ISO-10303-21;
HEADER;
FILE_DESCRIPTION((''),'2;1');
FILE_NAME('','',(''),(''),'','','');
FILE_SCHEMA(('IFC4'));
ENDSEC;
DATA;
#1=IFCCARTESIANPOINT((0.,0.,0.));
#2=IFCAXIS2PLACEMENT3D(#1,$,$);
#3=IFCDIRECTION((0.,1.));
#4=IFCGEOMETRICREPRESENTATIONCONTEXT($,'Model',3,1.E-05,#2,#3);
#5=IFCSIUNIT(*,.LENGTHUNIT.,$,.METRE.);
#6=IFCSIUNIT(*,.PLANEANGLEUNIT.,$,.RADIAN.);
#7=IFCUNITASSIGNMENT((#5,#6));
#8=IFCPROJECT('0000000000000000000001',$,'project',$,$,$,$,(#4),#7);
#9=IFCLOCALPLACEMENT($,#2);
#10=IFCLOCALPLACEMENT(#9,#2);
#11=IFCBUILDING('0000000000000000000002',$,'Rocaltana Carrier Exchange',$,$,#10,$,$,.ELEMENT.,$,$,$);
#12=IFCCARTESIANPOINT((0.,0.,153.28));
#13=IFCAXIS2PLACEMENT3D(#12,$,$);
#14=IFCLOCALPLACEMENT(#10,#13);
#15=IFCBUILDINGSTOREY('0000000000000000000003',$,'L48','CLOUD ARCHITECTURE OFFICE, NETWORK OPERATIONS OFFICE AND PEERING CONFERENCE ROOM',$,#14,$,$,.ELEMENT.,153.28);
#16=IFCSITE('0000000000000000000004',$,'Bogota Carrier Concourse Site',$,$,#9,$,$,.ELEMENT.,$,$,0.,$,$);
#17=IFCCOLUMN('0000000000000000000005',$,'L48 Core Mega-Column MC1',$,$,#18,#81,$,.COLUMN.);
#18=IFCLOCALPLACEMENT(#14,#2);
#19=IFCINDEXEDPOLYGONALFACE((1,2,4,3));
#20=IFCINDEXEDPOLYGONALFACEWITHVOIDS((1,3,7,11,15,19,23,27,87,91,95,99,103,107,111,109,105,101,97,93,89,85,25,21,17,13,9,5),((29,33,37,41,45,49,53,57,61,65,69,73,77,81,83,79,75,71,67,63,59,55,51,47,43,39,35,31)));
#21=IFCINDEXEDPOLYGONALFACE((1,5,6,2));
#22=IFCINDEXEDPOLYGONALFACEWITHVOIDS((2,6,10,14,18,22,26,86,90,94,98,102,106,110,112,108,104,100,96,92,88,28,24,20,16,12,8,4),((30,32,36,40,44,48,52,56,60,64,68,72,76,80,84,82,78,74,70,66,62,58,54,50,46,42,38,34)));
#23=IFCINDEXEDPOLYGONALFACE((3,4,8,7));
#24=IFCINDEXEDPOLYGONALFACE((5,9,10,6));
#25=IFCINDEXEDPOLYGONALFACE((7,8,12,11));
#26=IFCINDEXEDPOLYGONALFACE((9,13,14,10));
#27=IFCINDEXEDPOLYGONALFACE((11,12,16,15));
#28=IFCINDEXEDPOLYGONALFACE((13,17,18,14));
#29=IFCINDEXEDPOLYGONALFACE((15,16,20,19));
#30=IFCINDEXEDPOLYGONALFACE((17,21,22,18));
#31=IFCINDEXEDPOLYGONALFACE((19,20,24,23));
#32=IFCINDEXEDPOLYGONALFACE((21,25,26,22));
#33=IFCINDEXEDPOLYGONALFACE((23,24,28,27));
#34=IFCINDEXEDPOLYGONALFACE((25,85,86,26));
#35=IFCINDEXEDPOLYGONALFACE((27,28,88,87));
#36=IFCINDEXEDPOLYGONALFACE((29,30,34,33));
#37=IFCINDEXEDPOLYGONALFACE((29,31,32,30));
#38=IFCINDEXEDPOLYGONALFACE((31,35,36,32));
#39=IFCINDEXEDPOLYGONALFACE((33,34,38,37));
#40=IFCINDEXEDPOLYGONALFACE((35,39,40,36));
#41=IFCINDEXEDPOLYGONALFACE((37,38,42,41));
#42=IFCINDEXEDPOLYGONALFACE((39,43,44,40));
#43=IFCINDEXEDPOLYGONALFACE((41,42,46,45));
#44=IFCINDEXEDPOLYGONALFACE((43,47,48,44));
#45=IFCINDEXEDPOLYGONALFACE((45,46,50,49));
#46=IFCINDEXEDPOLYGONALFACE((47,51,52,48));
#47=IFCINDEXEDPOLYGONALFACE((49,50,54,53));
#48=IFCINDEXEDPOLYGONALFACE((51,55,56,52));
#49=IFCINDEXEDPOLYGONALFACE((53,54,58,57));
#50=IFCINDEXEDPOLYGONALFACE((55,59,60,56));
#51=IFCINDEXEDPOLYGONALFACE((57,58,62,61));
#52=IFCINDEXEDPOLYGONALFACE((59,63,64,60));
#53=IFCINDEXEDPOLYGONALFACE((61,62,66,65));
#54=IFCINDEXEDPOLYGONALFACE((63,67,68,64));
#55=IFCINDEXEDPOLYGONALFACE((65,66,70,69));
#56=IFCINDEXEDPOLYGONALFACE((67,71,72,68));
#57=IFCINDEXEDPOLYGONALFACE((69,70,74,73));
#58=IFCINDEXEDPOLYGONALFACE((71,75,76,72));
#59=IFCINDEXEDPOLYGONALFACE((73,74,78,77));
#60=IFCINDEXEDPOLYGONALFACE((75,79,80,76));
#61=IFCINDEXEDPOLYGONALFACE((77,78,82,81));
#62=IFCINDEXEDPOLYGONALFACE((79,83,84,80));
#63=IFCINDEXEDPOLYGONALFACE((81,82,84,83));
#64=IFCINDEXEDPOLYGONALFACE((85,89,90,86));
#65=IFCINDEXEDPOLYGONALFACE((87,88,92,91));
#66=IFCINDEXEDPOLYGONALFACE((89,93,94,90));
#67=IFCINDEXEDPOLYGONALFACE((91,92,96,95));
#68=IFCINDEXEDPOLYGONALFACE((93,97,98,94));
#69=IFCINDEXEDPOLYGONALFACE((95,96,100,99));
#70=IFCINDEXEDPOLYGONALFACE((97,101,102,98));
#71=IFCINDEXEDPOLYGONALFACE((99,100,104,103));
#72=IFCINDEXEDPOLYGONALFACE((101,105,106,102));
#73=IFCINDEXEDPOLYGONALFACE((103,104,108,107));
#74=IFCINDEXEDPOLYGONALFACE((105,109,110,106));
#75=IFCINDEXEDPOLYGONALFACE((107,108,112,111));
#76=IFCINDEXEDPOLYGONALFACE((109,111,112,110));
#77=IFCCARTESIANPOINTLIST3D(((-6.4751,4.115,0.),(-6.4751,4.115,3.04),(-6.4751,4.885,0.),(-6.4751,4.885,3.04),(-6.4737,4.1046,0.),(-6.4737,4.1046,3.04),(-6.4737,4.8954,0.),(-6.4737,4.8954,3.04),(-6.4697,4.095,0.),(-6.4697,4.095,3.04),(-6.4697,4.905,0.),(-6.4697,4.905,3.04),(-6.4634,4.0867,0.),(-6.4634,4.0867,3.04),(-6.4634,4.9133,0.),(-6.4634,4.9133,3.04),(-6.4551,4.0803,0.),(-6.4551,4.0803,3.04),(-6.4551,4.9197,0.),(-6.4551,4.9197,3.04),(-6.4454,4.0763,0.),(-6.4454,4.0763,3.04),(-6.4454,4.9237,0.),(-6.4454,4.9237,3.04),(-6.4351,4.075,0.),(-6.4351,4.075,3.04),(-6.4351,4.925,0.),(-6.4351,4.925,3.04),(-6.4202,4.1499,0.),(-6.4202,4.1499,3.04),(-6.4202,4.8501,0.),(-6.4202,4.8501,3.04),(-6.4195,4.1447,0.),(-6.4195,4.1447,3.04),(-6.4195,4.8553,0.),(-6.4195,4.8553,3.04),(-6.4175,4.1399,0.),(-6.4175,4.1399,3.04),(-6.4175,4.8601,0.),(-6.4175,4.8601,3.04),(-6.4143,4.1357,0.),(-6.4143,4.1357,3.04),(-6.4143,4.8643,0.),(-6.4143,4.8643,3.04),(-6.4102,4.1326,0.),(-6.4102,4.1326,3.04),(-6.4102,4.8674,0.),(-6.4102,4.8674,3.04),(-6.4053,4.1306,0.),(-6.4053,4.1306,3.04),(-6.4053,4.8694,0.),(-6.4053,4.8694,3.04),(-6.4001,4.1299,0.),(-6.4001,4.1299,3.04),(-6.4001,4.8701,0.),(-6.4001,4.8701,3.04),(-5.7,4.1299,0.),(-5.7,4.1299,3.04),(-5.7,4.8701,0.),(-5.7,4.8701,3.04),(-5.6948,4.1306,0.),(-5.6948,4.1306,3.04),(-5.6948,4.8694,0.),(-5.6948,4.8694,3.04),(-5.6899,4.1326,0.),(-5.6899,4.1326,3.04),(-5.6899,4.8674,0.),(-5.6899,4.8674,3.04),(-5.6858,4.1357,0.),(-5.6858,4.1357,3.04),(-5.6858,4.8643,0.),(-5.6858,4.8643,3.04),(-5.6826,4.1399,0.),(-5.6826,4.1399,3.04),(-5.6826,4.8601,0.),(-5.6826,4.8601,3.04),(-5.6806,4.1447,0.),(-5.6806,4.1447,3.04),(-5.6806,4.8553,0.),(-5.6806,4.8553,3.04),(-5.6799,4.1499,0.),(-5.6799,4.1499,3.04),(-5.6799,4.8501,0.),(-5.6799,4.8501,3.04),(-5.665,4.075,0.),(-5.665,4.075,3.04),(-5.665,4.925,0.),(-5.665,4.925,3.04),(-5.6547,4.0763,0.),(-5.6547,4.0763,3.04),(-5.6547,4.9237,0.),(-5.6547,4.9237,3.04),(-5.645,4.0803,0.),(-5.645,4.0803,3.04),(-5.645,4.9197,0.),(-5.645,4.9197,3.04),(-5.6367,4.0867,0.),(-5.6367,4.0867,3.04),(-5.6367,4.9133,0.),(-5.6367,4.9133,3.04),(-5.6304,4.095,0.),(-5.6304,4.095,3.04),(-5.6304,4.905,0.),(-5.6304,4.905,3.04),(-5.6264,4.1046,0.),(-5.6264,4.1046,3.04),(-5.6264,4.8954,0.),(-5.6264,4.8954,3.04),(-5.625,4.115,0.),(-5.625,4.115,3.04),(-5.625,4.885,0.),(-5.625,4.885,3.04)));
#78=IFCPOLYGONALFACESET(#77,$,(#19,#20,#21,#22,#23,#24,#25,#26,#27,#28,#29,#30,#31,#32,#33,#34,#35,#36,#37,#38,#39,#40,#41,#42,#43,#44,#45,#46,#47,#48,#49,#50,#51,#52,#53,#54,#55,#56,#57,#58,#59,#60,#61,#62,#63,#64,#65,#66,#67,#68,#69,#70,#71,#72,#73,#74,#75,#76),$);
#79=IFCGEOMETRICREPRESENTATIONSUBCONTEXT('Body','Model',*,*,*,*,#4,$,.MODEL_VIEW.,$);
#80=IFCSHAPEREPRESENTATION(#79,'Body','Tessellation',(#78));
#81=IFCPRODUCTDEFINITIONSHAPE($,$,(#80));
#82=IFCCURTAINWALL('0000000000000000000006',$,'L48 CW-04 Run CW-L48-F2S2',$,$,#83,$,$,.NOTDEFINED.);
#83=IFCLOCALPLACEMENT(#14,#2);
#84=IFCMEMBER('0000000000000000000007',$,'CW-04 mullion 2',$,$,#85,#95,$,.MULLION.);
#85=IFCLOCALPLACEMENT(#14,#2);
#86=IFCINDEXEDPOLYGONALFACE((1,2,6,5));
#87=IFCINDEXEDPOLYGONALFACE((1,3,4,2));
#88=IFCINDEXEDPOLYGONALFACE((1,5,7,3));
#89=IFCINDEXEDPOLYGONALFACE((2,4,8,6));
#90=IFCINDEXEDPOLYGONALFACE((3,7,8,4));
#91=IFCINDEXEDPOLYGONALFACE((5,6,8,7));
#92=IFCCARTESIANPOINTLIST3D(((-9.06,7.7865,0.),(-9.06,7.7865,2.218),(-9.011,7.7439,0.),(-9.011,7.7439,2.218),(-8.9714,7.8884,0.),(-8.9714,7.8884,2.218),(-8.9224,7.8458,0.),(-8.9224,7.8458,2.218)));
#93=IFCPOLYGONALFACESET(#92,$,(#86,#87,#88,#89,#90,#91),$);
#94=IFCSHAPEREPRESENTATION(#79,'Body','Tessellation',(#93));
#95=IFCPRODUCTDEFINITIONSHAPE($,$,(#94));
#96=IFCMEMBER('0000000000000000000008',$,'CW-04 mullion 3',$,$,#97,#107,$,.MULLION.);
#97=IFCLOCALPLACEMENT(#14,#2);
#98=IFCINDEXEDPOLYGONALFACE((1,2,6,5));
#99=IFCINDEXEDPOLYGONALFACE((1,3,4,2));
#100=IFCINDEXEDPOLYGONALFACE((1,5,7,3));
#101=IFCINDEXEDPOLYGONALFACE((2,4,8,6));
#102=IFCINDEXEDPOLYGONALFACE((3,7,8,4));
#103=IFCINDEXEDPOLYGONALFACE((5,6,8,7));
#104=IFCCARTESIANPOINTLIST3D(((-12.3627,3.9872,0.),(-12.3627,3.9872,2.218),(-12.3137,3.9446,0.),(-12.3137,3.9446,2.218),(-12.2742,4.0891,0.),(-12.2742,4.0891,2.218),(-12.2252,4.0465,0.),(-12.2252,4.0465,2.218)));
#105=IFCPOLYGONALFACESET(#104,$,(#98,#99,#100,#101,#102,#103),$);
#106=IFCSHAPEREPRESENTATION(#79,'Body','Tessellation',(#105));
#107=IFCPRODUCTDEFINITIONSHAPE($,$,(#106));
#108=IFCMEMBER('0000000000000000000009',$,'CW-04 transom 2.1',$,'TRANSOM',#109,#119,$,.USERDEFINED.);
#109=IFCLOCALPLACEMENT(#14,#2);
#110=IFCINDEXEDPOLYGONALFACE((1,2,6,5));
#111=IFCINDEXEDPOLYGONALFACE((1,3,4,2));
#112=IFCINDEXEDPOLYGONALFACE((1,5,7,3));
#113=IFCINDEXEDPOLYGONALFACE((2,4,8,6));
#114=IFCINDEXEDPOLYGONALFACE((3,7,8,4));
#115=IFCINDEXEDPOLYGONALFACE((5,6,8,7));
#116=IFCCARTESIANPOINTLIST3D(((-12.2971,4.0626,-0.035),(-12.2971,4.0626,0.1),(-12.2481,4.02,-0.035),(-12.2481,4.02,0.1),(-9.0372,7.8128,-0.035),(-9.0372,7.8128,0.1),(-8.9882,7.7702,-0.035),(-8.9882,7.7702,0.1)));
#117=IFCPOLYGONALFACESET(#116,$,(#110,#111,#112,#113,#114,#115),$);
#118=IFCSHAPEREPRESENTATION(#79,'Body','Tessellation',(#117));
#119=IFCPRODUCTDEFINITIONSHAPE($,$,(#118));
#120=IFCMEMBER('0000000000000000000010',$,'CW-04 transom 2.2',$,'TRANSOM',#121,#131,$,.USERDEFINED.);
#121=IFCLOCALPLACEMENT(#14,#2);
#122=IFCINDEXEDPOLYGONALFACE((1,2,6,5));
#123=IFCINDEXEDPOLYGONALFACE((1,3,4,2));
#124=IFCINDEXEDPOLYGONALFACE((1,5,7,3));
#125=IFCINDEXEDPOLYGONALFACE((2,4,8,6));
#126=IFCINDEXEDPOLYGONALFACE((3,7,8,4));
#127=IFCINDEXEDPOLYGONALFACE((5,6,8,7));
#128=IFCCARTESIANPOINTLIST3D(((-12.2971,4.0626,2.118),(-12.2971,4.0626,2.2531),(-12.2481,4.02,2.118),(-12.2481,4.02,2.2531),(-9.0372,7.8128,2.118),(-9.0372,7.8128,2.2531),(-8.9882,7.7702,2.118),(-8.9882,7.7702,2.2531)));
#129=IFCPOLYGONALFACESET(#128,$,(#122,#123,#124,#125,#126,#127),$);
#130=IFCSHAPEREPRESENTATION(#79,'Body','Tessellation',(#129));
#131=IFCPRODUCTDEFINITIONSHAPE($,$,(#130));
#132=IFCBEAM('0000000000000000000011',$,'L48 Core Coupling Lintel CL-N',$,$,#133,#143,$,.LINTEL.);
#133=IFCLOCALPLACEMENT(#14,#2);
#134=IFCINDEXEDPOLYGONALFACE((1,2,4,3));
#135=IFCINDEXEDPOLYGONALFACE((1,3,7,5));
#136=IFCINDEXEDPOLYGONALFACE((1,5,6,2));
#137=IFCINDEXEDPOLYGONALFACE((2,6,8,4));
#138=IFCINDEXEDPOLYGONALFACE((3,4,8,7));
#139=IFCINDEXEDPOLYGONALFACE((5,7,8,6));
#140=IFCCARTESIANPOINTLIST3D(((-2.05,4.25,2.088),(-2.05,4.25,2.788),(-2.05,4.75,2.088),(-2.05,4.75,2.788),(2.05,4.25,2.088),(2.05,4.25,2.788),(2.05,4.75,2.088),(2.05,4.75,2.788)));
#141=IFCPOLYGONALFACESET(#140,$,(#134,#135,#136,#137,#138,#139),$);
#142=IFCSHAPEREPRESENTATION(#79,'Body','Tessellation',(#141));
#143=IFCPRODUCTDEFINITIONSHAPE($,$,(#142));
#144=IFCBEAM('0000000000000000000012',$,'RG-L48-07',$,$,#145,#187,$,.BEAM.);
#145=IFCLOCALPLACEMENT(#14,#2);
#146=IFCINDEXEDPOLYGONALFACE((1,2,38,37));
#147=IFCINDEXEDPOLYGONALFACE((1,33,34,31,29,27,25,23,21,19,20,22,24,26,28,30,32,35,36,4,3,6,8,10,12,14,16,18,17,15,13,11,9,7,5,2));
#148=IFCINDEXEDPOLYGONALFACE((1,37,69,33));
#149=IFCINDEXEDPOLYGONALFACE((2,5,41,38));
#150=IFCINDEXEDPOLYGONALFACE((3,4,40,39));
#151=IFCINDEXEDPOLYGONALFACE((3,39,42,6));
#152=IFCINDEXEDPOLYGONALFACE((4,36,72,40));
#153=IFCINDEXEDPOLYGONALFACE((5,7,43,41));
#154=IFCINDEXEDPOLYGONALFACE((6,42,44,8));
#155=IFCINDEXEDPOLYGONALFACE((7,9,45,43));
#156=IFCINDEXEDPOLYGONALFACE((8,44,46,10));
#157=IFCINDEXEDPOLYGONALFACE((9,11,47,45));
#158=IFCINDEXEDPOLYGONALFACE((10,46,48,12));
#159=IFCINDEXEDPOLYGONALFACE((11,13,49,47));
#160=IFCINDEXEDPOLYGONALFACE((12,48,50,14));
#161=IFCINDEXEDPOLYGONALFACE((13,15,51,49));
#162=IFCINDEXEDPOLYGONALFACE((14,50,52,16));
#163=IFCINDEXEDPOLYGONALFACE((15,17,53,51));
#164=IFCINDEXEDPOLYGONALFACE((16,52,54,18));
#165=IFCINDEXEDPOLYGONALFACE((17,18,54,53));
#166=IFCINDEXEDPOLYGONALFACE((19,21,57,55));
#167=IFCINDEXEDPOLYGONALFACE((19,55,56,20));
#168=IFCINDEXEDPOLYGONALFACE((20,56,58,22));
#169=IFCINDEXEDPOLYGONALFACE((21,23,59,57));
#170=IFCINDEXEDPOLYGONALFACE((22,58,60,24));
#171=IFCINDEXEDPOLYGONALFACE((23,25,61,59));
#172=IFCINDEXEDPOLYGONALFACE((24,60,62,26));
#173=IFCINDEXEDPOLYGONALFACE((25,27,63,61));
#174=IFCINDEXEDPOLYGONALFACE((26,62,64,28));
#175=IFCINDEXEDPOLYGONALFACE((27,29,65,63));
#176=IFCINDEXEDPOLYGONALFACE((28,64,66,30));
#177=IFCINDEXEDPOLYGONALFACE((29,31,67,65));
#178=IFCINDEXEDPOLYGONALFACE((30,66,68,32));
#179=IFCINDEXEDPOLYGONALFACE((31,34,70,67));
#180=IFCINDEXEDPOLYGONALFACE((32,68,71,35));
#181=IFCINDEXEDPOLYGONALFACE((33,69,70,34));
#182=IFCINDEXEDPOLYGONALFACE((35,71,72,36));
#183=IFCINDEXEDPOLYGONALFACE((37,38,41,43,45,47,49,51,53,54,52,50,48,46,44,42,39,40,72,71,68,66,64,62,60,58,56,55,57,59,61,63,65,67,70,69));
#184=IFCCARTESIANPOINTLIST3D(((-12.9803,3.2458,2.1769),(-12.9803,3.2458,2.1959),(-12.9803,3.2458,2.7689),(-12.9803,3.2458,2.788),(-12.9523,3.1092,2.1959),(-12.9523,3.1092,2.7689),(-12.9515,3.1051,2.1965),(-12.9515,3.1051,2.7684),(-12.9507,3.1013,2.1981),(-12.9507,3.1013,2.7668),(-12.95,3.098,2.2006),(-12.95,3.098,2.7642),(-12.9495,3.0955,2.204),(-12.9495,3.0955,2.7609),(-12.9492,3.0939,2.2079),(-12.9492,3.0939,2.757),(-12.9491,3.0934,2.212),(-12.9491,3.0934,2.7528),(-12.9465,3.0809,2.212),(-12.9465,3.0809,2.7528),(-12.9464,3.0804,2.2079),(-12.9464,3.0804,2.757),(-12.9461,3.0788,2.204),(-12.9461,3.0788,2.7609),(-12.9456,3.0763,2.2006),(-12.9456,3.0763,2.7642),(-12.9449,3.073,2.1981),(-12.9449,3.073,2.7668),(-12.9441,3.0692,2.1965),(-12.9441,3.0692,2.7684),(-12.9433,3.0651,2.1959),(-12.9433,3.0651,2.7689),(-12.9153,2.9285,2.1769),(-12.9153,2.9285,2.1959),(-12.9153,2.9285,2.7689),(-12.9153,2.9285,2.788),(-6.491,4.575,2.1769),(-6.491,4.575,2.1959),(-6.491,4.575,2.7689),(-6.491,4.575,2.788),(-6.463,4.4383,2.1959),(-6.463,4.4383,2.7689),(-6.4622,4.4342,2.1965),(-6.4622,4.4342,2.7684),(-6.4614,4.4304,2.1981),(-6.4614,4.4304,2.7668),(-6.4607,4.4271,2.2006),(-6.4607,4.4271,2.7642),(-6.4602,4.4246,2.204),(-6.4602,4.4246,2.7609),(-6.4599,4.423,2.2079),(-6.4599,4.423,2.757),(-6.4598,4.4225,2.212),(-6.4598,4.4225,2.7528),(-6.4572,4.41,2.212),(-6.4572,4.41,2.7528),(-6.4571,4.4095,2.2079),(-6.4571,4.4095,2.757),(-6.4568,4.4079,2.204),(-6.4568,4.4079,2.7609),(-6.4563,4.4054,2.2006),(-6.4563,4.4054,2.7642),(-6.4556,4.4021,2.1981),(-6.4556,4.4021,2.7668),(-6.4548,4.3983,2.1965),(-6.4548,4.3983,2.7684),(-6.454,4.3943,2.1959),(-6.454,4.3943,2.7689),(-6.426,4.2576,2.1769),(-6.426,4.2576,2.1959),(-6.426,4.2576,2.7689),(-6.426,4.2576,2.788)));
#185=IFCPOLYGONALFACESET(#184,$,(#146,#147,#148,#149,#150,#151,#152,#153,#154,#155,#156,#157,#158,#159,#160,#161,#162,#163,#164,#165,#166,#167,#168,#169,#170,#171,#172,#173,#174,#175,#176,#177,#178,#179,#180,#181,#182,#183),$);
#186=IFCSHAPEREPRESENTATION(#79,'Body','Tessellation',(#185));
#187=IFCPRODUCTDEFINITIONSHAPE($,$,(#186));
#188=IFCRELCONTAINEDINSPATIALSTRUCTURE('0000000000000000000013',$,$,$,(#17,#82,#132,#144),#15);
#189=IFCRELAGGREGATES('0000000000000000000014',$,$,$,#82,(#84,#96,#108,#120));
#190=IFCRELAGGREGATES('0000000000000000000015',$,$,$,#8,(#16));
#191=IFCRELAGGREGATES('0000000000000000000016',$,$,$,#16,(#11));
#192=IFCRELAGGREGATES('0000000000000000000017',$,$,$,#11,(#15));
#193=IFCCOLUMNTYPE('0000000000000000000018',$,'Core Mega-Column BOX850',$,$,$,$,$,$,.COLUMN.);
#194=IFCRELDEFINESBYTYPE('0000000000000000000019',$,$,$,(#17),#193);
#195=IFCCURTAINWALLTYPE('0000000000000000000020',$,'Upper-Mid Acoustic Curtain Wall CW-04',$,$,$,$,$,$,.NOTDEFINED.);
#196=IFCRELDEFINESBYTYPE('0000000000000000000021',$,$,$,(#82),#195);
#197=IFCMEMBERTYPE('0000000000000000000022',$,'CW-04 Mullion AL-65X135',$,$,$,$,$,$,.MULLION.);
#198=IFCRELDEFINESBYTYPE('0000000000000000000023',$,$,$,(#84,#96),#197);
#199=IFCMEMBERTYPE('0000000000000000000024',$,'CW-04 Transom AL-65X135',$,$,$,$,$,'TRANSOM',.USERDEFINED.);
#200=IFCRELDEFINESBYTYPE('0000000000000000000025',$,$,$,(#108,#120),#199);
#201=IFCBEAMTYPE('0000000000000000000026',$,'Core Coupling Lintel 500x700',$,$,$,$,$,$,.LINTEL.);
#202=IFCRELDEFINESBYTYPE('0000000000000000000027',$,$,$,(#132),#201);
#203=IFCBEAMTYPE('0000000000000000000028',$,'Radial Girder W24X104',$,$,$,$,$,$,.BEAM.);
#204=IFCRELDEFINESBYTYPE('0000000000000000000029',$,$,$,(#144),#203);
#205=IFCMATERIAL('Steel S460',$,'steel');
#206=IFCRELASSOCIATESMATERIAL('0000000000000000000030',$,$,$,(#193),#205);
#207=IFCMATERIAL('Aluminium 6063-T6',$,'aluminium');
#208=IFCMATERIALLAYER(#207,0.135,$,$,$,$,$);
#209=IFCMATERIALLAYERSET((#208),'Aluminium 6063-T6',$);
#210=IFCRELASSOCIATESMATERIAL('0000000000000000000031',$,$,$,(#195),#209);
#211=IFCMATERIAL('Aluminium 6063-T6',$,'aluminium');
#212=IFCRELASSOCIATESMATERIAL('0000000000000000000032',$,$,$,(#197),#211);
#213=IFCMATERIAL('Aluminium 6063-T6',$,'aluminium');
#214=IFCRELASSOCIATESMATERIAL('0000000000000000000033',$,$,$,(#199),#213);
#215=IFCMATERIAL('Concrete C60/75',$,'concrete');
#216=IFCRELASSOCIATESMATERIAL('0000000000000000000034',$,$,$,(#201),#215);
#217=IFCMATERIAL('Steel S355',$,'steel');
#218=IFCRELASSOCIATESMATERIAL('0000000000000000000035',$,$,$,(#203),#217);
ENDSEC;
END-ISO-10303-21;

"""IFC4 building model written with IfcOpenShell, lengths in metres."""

from ifc_helpers import new_model, si_unit, direction, frame, origin, origin_2d, place, context, subcontext, project, spatial, rectangle, hollow_rectangle, i_section, extrude, material, layer, layer_set, material_profile, profile_set, type_object, element, aggregate, save


model = new_model("IFC4")

# Units and contexts
model_context = context("Model", 3, precision=1e-05, world=origin(), true_north=direction((0.0, 1.0)))
body_context = subcontext(model_context, "Body", "Model", "MODEL_VIEW")
ifc_project = project(units=[si_unit("LENGTHUNIT", "METRE"), si_unit("PLANEANGLEUNIT", "RADIAN")], contexts=[model_context])

# Site, building, storey
site_placement = place(None, origin())
site = spatial("IfcSite", under=ifc_project, at=site_placement, Name="Bogota Carrier Concourse Site", CompositionType="ELEMENT", RefElevation=0.0)
building_placement = place(site_placement, origin())
building = spatial("IfcBuilding", under=site, at=building_placement, Name="Rocaltana Carrier Exchange", CompositionType="ELEMENT")
storey_placement = place(building_placement, frame((0.0, 0.0, 153.28)))
storey = spatial("IfcBuildingStorey", under=building, at=storey_placement, Name="L48", Description="CLOUD ARCHITECTURE OFFICE, NETWORK OPERATIONS OFFICE AND PEERING CONFERENCE ROOM", CompositionType="ELEMENT", Elevation=153.28)

# Column
ifc_material_1 = material(Name="Steel S460", Category="steel")
ifc_material_profile_1 = material_profile(ifc_material_1, hollow_rectangle(XDim=0.8501, YDim=0.8501, WallThickness=0.0549, InnerFilletRadius=0.02, OuterFilletRadius=0.04, at=origin_2d()), Name="BOX850X850X55")
ifc_profile_set_1 = profile_set([ifc_material_profile_1], Name="Steel S460")
column_type = type_object("IfcColumnType", Name="Core Mega-Column BOX850", PredefinedType="COLUMN", material=ifc_profile_set_1)
column_placement = place(storey_placement, frame((-6.05, 4.5, 0.0), z_axis=(0.0, 0.0, 1.0), x_axis=(1.0, 0.0, 0.0)))
element("IfcColumn", 1, at=column_placement, inside=storey, type_object=column_type, Name="L48 Core Mega-Column MC1", PredefinedType="COLUMN", context=body_context, shape_type="SweptSolid", body=[
    extrude(hollow_rectangle(XDim=0.8501, YDim=0.8501, WallThickness=0.0549, InnerFilletRadius=0.02, OuterFilletRadius=0.04, at=origin_2d()), origin(), (0.0, 0.0, 1.0), 3.04),
])

# Curtain wall, members
ifc_material_2 = material(Name="Aluminium 6063-T6", Category="aluminium")
ifc_layer_1 = layer(ifc_material_2, 0.135)
ifc_layer_set_1 = layer_set([ifc_layer_1], Name="Aluminium 6063-T6")
curtain_wall_type = type_object("IfcCurtainWallType", Name="Upper-Mid Acoustic Curtain Wall CW-04", PredefinedType="NOTDEFINED", material=ifc_layer_set_1)
curtain_wall_placement = place(storey_placement, origin())
curtain_wall = element("IfcCurtainWall", 2, at=curtain_wall_placement, inside=storey, type_object=curtain_wall_type, Name="L48 CW-04 Run CW-L48-F2S2", PredefinedType="NOTDEFINED")
ifc_material_3 = material(Name="Aluminium 6063-T6", Category="aluminium")
ifc_material_profile_2 = material_profile(ifc_material_3, rectangle(XDim=0.0649, YDim=0.135, at=origin_2d()), Name="AL-65X135")
ifc_profile_set_2 = profile_set([ifc_material_profile_2], Name="Aluminium 6063-T6")
member_type_1 = type_object("IfcMemberType", Name="CW-04 Mullion AL-65X135", PredefinedType="MULLION", material=ifc_profile_set_2)
member_1_placement = place(storey_placement, frame((-8.9912, 7.8162, 0.0), z_axis=(0.0, 0.0, 1.0), x_axis=(0.754712, -0.656057, 0.0)))
member_1 = element("IfcMember", 3, at=member_1_placement, type_object=member_type_1, Name="CW-04 mullion 2", PredefinedType="MULLION", context=body_context, shape_type="SweptSolid", body=[
    extrude(rectangle(XDim=0.0649, YDim=0.135, at=origin_2d()), origin(), (0.0, 0.0, 1.0), 2.218),
])
member_2_placement = place(storey_placement, frame((-12.2939, 4.0168, 0.0), z_axis=(0.0, 0.0, 1.0), x_axis=(0.754712, -0.656057, 0.0)))
member_2 = element("IfcMember", 4, at=member_2_placement, type_object=member_type_1, Name="CW-04 mullion 3", PredefinedType="MULLION", context=body_context, shape_type="SweptSolid", body=[
    extrude(rectangle(XDim=0.0649, YDim=0.135, at=origin_2d()), origin(), (0.0, 0.0, 1.0), 2.218),
])
ifc_material_4 = material(Name="Aluminium 6063-T6", Category="aluminium")
ifc_material_profile_3 = material_profile(ifc_material_4, rectangle(XDim=0.0649, YDim=0.135, at=origin_2d()), Name="AL-65X135")
ifc_profile_set_3 = profile_set([ifc_material_profile_3], Name="Aluminium 6063-T6")
member_type_2 = type_object("IfcMemberType", Name="CW-04 Transom AL-65X135", ElementType="TRANSOM", PredefinedType="USERDEFINED", material=ifc_profile_set_3)
member_3_placement = place(storey_placement, frame((-9.0127, 7.7915, 0.0325), z_axis=(-0.656056, -0.754712, 0.0), x_axis=(0.754712, -0.656056, 0.0)))
member_3 = element("IfcMember", 5, at=member_3_placement, type_object=member_type_2, Name="CW-04 transom 2.1", ObjectType="TRANSOM", PredefinedType="USERDEFINED", context=body_context, shape_type="SweptSolid", body=[
    extrude(rectangle(XDim=0.0649, YDim=0.135, at=origin_2d()), origin(), (0.0, 0.0, 1.0), 4.969),
])
member_4_placement = place(storey_placement, frame((-9.0127, 7.7915, 2.1855), z_axis=(-0.656056, -0.754712, 0.0), x_axis=(0.754712, -0.656056, 0.0)))
member_4 = element("IfcMember", 6, at=member_4_placement, type_object=member_type_2, Name="CW-04 transom 2.2", ObjectType="TRANSOM", PredefinedType="USERDEFINED", context=body_context, shape_type="SweptSolid", body=[
    extrude(rectangle(XDim=0.0649, YDim=0.135, at=origin_2d()), origin(), (0.0, 0.0, 1.0), 4.969),
])

# Beams
ifc_material_5 = material(Name="Concrete C60/75", Category="concrete")
ifc_material_profile_4 = material_profile(ifc_material_5, rectangle(XDim=0.5, YDim=0.7, at=origin_2d()), Name="RC-BM-500X700")
ifc_profile_set_4 = profile_set([ifc_material_profile_4], Name="Concrete C60/75")
beam_type_1 = type_object("IfcBeamType", Name="Core Coupling Lintel 500x700", PredefinedType="LINTEL", material=ifc_profile_set_4)
beam_1_placement = place(storey_placement, frame((-2.05, 4.5, 2.438), z_axis=(1.0, 0.0, 0.0), x_axis=(0.0, 1.0, 0.0)))
element("IfcBeam", 7, at=beam_1_placement, inside=storey, type_object=beam_type_1, Name="L48 Core Coupling Lintel CL-N", PredefinedType="LINTEL", context=body_context, shape_type="SweptSolid", body=[
    extrude(rectangle(XDim=0.5, YDim=0.7, at=origin_2d()), origin(), (0.0, 0.0, 1.0), 4.1001),
])
ifc_material_6 = material(Name="Steel S355", Category="steel")
ifc_material_profile_5 = material_profile(ifc_material_6, i_section(OverallWidth=0.324, OverallDepth=0.6111, WebThickness=0.0127, FlangeThickness=0.019, FilletRadius=0.0161, at=origin_2d()), Name="W24X104")
ifc_profile_set_5 = profile_set([ifc_material_profile_5], Name="Steel S355")
beam_type_2 = type_object("IfcBeamType", Name="Radial Girder W24X104", PredefinedType="BEAM", material=ifc_profile_set_5)
beam_2_placement = place(storey_placement, frame((-6.4585, 4.4163, 2.4824), z_axis=(-0.979663, -0.20065, 0.0), x_axis=(0.20065, -0.979663, 0.0)))
element("IfcBeam", 8, at=beam_2_placement, inside=storey, type_object=beam_type_2, Name="RG-L48-07", PredefinedType="BEAM", context=body_context, shape_type="SweptSolid", body=[
    extrude(i_section(OverallWidth=0.324, OverallDepth=0.6111, WebThickness=0.0127, FlangeThickness=0.019, FilletRadius=0.0161, at=origin_2d()), origin(), (0.0, 0.0, 1.0), 6.624),
])

aggregate(curtain_wall, [member_1, member_2, member_3, member_4])

save(model, "model.ifc")
